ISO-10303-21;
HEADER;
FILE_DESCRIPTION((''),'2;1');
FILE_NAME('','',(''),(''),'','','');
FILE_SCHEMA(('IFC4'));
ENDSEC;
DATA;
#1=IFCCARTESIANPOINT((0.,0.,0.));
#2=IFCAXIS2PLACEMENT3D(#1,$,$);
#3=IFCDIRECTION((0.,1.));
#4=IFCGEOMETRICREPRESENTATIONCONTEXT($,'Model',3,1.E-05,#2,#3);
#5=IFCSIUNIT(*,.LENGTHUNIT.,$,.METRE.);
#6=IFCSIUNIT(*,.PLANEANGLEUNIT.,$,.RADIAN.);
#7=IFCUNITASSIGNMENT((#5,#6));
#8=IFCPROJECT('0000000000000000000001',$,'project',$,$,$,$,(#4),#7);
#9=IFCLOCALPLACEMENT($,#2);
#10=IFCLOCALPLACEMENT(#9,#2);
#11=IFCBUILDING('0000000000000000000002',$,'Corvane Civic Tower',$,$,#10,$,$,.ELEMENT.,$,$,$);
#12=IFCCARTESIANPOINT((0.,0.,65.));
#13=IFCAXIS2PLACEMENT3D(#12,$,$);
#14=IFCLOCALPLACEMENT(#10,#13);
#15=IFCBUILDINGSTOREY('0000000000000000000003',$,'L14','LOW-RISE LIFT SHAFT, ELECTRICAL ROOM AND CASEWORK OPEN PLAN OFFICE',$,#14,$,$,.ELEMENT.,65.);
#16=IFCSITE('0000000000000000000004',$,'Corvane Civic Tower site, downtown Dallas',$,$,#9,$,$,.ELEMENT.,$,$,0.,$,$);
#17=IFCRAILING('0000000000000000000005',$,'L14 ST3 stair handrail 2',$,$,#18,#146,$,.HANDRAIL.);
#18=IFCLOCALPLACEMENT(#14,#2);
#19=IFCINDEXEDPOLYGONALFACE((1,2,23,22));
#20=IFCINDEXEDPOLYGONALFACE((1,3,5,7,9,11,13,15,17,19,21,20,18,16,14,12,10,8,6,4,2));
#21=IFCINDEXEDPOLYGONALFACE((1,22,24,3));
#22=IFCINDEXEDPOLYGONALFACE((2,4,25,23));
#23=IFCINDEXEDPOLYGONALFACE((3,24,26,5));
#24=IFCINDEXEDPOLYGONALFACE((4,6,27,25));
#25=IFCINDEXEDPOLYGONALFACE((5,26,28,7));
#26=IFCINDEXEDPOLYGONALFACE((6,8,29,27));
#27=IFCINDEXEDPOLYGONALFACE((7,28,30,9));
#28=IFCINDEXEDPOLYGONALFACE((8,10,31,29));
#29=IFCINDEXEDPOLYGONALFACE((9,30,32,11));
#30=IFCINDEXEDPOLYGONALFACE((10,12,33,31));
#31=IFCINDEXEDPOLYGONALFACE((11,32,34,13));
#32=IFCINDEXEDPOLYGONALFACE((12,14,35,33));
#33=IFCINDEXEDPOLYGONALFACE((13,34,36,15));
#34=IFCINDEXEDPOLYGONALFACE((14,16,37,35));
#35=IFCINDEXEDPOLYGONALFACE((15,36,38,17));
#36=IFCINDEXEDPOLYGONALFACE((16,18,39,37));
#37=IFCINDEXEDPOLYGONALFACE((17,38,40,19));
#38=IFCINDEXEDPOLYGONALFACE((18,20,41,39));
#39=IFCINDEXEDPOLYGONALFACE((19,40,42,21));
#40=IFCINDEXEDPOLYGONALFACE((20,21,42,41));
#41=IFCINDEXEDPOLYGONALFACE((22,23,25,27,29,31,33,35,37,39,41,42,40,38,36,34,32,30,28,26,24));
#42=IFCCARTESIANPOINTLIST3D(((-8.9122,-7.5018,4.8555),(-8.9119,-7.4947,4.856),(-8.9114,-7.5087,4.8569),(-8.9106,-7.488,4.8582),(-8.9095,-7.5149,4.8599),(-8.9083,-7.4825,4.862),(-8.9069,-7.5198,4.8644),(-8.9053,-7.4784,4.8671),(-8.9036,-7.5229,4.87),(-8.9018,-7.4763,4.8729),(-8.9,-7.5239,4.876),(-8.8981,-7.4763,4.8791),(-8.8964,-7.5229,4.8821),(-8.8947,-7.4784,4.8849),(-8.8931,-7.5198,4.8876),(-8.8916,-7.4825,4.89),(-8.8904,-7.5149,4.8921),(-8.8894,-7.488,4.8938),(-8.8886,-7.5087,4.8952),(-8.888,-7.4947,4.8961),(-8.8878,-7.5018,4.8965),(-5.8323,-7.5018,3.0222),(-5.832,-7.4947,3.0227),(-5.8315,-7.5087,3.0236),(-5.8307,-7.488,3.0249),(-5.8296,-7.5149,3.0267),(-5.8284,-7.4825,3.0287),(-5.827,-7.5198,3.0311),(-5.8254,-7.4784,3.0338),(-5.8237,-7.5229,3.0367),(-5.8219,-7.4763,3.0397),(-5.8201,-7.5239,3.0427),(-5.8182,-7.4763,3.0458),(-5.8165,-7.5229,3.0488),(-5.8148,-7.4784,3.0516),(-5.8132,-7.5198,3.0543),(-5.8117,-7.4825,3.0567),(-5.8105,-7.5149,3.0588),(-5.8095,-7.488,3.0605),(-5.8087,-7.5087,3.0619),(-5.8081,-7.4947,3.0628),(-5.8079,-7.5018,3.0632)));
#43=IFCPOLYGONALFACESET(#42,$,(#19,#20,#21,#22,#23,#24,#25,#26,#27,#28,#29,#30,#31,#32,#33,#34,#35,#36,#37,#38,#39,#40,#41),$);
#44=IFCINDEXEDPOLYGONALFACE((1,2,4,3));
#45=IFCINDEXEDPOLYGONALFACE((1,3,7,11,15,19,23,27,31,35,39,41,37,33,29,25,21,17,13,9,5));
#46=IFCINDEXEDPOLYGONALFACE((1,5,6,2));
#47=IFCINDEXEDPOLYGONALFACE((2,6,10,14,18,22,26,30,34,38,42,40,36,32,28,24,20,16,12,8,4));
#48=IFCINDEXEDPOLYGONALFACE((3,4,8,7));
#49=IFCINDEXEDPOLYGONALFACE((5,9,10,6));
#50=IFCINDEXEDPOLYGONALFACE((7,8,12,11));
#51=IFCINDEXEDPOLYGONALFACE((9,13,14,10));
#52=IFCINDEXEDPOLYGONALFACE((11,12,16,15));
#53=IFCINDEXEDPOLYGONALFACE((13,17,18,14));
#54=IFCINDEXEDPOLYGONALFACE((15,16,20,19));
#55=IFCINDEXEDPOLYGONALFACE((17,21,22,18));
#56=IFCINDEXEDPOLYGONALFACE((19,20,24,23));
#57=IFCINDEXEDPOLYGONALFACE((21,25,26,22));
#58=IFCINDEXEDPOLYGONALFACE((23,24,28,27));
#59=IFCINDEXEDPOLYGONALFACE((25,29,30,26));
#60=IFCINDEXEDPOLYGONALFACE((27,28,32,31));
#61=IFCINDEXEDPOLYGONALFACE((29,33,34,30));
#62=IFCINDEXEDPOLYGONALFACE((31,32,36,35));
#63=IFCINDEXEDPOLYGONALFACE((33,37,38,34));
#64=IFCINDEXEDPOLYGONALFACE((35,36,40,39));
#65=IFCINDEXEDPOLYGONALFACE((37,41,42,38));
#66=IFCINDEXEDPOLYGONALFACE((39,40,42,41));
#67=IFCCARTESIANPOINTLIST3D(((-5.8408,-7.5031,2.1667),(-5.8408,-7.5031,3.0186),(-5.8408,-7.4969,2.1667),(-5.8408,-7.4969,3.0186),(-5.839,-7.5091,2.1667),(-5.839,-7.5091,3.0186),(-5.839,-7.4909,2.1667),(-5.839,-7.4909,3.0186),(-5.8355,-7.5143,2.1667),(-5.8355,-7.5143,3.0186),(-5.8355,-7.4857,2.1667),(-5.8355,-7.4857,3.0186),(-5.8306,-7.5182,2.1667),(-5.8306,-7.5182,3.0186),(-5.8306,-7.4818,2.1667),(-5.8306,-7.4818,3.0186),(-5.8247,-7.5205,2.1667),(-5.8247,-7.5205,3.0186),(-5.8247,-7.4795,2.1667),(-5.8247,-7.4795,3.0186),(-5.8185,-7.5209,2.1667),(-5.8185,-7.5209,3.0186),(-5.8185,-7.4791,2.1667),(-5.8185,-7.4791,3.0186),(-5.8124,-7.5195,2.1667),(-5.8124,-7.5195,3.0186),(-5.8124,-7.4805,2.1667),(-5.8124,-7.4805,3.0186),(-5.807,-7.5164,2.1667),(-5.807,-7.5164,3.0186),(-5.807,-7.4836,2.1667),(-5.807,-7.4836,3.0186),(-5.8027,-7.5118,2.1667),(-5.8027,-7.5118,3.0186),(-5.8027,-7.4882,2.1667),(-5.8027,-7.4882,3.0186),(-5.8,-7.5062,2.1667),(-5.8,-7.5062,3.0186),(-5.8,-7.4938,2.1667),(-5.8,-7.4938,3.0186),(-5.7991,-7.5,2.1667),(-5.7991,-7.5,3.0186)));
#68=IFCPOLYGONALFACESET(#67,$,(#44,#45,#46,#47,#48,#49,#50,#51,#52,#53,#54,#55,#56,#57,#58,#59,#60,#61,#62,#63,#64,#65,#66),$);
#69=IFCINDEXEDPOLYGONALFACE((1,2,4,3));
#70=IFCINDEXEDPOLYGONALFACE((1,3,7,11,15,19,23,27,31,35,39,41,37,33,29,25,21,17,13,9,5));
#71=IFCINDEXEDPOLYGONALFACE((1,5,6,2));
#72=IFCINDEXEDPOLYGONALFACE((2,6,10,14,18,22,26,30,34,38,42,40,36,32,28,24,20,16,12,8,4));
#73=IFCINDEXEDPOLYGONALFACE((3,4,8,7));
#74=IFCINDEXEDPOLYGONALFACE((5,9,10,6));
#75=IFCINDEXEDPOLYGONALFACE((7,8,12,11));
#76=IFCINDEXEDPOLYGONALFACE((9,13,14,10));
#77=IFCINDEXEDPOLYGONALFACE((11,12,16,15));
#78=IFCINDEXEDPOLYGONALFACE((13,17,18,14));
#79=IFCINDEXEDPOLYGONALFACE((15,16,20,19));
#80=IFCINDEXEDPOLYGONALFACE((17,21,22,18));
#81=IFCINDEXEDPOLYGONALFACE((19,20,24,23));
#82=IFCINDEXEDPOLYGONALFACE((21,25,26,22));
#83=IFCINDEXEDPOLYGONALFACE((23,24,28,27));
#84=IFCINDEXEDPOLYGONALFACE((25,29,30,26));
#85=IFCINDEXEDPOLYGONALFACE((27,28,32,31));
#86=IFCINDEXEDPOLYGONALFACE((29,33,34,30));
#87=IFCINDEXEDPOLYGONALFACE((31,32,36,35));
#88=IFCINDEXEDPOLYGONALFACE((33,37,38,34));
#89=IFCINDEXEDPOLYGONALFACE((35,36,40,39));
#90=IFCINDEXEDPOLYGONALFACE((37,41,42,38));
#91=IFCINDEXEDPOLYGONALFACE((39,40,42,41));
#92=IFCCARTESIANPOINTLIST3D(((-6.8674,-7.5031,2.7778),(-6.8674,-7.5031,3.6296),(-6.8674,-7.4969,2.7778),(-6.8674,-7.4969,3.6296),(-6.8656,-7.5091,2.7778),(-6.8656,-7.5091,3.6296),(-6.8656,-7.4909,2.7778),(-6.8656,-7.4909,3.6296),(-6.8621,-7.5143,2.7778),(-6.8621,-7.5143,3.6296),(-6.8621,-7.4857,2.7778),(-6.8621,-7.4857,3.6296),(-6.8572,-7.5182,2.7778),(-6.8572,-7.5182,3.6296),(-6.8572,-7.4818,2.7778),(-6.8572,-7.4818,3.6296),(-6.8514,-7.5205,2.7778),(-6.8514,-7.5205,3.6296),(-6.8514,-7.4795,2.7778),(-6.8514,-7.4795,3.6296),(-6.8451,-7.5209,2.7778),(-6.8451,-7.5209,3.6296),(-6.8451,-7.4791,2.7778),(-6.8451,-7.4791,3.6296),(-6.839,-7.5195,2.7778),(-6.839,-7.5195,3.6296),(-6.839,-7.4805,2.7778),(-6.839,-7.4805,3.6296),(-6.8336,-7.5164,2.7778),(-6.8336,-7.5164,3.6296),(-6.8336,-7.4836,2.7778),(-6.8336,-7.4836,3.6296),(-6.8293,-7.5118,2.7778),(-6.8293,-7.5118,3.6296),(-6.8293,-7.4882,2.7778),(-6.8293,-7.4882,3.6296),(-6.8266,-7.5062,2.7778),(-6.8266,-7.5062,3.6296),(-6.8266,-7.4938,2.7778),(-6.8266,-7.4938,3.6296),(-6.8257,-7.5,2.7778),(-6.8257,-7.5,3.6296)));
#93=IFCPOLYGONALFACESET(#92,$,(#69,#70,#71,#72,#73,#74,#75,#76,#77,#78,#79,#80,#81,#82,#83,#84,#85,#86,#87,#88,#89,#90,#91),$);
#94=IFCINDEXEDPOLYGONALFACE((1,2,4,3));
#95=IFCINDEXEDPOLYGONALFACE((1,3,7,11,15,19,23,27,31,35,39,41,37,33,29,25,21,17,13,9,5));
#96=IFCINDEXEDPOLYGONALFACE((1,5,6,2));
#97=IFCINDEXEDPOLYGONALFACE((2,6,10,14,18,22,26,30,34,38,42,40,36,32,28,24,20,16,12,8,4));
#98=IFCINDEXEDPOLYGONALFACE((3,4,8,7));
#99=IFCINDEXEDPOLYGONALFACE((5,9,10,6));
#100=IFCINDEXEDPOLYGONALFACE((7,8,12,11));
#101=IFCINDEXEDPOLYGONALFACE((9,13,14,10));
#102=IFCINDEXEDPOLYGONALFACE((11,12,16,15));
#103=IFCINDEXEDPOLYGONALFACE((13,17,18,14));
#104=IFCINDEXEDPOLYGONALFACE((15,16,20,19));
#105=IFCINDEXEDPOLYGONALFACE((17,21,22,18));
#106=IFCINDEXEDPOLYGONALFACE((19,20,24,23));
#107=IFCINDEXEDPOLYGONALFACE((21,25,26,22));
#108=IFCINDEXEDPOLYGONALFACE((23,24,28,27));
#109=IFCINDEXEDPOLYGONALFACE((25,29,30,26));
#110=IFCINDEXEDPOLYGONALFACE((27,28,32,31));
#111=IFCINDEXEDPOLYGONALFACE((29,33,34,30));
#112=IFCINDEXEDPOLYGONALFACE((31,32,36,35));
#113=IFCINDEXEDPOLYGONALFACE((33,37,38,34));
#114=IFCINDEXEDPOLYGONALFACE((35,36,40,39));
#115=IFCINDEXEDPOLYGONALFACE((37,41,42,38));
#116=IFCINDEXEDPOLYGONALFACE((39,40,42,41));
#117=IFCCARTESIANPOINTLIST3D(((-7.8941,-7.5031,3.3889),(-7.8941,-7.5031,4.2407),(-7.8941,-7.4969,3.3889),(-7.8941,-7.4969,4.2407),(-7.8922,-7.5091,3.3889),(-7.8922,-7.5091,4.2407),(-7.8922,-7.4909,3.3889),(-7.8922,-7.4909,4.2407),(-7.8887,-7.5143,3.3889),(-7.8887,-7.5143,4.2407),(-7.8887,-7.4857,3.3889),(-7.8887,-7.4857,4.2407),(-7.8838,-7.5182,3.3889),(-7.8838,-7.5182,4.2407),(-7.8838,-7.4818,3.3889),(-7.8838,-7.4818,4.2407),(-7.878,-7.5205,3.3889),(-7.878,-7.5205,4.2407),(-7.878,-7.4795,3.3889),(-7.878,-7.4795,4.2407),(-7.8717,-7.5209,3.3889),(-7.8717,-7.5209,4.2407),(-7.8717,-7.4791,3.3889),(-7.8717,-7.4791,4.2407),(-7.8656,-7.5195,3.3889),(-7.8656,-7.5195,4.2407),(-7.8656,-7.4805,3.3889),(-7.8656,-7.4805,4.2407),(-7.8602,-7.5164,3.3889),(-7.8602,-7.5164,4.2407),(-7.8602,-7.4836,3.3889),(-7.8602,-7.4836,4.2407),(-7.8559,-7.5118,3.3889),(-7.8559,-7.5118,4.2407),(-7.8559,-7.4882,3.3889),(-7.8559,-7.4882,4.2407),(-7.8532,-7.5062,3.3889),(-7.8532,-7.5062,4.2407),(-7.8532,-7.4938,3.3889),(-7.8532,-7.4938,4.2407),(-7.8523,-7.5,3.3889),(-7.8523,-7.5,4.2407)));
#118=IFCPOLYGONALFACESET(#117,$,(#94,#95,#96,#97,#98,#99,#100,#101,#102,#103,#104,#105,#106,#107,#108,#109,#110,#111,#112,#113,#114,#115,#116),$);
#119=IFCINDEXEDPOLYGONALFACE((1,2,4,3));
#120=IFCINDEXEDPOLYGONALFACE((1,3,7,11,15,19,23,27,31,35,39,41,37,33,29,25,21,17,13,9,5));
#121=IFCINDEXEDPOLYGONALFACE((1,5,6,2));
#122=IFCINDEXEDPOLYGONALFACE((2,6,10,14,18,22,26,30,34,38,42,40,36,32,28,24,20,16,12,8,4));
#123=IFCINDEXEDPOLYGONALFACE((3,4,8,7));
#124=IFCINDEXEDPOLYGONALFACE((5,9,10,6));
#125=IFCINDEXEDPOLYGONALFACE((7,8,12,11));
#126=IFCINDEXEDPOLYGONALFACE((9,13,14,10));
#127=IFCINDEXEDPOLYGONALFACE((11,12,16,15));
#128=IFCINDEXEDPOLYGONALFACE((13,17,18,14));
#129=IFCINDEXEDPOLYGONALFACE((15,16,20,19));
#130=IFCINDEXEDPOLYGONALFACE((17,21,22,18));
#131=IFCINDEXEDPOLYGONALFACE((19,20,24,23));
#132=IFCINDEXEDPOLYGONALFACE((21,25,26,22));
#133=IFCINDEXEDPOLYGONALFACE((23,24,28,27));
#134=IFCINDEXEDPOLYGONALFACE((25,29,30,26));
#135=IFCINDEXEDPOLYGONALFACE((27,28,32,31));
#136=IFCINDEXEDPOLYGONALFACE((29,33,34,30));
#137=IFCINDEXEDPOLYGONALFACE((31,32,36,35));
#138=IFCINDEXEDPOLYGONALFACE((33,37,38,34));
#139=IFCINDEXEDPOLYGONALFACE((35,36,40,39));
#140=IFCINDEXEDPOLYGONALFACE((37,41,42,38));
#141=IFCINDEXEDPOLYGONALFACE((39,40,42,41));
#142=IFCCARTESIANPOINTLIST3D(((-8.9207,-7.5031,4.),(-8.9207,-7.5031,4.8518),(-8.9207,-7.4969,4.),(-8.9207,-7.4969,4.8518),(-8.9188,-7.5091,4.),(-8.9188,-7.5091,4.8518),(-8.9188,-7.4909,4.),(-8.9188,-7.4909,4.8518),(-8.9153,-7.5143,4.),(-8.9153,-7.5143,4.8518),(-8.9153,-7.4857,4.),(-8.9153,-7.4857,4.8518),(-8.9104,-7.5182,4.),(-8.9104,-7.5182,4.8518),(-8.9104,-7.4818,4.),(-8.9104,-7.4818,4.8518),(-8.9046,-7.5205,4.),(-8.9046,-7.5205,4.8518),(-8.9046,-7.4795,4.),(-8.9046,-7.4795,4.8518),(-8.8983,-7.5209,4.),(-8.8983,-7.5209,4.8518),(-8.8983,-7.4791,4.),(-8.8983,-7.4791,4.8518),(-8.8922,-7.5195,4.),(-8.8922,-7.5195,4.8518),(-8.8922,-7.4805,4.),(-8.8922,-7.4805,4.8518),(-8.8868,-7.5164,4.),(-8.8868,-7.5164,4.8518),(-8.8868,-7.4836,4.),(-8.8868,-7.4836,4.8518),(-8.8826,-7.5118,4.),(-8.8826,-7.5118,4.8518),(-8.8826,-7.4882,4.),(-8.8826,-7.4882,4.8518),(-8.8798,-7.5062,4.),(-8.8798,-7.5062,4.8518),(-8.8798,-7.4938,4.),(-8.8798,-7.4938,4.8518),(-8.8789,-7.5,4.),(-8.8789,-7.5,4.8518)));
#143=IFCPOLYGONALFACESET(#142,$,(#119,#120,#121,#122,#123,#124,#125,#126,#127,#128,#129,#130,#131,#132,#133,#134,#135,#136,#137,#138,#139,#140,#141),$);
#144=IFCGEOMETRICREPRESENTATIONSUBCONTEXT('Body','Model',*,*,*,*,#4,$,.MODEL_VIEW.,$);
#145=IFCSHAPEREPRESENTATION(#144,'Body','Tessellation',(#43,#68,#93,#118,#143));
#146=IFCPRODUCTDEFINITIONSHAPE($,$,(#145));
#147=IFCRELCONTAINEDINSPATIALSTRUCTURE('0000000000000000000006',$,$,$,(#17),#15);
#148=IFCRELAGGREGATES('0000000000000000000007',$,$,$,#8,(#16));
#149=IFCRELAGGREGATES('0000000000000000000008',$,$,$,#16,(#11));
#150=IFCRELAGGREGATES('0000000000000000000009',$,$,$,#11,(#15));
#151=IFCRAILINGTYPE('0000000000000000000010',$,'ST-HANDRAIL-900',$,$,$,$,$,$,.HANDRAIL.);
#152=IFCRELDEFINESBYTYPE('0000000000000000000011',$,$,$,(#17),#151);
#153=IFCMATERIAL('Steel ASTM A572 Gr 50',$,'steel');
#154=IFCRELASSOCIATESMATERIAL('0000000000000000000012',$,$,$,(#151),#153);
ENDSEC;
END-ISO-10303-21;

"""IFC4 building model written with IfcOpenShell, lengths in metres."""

from ifc_helpers import new_model, si_unit, direction, frame, origin, origin_2d, place, context, subcontext, project, spatial, circle, extrude, material, type_object, element, save


model = new_model("IFC4")

# Units and contexts
model_context = context("Model", 3, precision=1e-05, world=origin(), true_north=direction((0.0, 1.0)))
body_context = subcontext(model_context, "Body", "Model", "MODEL_VIEW")
ifc_project = project(units=[si_unit("LENGTHUNIT", "METRE"), si_unit("PLANEANGLEUNIT", "RADIAN")], contexts=[model_context])

# Site, building, storey
site_placement = place(None, origin())
site = spatial("IfcSite", under=ifc_project, at=site_placement, Name="Corvane Civic Tower site, downtown Dallas", CompositionType="ELEMENT", RefElevation=0.0)
building_placement = place(site_placement, origin())
building = spatial("IfcBuilding", under=site, at=building_placement, Name="Corvane Civic Tower", CompositionType="ELEMENT")
storey_placement = place(building_placement, frame((0.0, 0.0, 65.0)))
storey = spatial("IfcBuildingStorey", under=building, at=storey_placement, Name="L14", Description="LOW-RISE LIFT SHAFT, ELECTRICAL ROOM AND CASEWORK OPEN PLAN OFFICE", CompositionType="ELEMENT", Elevation=65.0)

# Railing
ifc_material_1 = material(Name="Steel ASTM A572 Gr 50", Category="steel")
railing_type_1 = type_object("IfcRailingType", Name="ST-HANDRAIL-900", PredefinedType="HANDRAIL", material=ifc_material_1)
railing_1_placement = place(storey_placement, frame((-5.8201, -7.5, 2.1667)))
element("IfcRailing", 1, at=railing_1_placement, inside=storey, type_object=railing_type_1, Name="L14 ST3 stair handrail 2", PredefinedType="HANDRAIL", context=body_context, shape_type="SweptSolid", body=[
    extrude(circle(Radius=0.0239, at=origin_2d()), frame((0.0, 0.0, 0.876), z_axis=(-0.859291, 0.0, 0.511487), x_axis=(0.0, -1.0, 0.0)), (0.0, 0.0, 1.0), 3.5842),
    extrude(circle(Radius=0.021, at=origin_2d()), origin(), (0.0, 0.0, 1.0), 0.8518),
    extrude(circle(Radius=0.021, at=origin_2d()), frame((-1.0266, 0.0, 0.6111)), (0.0, 0.0, 1.0), 0.8518),
    extrude(circle(Radius=0.021, at=origin_2d()), frame((-2.0532, 0.0, 1.2222)), (0.0, 0.0, 1.0), 0.8518),
    extrude(circle(Radius=0.021, at=origin_2d()), frame((-3.0798, 0.0, 1.8333)), (0.0, 0.0, 1.0), 0.8518),
])

save(model, "model.ifc")
